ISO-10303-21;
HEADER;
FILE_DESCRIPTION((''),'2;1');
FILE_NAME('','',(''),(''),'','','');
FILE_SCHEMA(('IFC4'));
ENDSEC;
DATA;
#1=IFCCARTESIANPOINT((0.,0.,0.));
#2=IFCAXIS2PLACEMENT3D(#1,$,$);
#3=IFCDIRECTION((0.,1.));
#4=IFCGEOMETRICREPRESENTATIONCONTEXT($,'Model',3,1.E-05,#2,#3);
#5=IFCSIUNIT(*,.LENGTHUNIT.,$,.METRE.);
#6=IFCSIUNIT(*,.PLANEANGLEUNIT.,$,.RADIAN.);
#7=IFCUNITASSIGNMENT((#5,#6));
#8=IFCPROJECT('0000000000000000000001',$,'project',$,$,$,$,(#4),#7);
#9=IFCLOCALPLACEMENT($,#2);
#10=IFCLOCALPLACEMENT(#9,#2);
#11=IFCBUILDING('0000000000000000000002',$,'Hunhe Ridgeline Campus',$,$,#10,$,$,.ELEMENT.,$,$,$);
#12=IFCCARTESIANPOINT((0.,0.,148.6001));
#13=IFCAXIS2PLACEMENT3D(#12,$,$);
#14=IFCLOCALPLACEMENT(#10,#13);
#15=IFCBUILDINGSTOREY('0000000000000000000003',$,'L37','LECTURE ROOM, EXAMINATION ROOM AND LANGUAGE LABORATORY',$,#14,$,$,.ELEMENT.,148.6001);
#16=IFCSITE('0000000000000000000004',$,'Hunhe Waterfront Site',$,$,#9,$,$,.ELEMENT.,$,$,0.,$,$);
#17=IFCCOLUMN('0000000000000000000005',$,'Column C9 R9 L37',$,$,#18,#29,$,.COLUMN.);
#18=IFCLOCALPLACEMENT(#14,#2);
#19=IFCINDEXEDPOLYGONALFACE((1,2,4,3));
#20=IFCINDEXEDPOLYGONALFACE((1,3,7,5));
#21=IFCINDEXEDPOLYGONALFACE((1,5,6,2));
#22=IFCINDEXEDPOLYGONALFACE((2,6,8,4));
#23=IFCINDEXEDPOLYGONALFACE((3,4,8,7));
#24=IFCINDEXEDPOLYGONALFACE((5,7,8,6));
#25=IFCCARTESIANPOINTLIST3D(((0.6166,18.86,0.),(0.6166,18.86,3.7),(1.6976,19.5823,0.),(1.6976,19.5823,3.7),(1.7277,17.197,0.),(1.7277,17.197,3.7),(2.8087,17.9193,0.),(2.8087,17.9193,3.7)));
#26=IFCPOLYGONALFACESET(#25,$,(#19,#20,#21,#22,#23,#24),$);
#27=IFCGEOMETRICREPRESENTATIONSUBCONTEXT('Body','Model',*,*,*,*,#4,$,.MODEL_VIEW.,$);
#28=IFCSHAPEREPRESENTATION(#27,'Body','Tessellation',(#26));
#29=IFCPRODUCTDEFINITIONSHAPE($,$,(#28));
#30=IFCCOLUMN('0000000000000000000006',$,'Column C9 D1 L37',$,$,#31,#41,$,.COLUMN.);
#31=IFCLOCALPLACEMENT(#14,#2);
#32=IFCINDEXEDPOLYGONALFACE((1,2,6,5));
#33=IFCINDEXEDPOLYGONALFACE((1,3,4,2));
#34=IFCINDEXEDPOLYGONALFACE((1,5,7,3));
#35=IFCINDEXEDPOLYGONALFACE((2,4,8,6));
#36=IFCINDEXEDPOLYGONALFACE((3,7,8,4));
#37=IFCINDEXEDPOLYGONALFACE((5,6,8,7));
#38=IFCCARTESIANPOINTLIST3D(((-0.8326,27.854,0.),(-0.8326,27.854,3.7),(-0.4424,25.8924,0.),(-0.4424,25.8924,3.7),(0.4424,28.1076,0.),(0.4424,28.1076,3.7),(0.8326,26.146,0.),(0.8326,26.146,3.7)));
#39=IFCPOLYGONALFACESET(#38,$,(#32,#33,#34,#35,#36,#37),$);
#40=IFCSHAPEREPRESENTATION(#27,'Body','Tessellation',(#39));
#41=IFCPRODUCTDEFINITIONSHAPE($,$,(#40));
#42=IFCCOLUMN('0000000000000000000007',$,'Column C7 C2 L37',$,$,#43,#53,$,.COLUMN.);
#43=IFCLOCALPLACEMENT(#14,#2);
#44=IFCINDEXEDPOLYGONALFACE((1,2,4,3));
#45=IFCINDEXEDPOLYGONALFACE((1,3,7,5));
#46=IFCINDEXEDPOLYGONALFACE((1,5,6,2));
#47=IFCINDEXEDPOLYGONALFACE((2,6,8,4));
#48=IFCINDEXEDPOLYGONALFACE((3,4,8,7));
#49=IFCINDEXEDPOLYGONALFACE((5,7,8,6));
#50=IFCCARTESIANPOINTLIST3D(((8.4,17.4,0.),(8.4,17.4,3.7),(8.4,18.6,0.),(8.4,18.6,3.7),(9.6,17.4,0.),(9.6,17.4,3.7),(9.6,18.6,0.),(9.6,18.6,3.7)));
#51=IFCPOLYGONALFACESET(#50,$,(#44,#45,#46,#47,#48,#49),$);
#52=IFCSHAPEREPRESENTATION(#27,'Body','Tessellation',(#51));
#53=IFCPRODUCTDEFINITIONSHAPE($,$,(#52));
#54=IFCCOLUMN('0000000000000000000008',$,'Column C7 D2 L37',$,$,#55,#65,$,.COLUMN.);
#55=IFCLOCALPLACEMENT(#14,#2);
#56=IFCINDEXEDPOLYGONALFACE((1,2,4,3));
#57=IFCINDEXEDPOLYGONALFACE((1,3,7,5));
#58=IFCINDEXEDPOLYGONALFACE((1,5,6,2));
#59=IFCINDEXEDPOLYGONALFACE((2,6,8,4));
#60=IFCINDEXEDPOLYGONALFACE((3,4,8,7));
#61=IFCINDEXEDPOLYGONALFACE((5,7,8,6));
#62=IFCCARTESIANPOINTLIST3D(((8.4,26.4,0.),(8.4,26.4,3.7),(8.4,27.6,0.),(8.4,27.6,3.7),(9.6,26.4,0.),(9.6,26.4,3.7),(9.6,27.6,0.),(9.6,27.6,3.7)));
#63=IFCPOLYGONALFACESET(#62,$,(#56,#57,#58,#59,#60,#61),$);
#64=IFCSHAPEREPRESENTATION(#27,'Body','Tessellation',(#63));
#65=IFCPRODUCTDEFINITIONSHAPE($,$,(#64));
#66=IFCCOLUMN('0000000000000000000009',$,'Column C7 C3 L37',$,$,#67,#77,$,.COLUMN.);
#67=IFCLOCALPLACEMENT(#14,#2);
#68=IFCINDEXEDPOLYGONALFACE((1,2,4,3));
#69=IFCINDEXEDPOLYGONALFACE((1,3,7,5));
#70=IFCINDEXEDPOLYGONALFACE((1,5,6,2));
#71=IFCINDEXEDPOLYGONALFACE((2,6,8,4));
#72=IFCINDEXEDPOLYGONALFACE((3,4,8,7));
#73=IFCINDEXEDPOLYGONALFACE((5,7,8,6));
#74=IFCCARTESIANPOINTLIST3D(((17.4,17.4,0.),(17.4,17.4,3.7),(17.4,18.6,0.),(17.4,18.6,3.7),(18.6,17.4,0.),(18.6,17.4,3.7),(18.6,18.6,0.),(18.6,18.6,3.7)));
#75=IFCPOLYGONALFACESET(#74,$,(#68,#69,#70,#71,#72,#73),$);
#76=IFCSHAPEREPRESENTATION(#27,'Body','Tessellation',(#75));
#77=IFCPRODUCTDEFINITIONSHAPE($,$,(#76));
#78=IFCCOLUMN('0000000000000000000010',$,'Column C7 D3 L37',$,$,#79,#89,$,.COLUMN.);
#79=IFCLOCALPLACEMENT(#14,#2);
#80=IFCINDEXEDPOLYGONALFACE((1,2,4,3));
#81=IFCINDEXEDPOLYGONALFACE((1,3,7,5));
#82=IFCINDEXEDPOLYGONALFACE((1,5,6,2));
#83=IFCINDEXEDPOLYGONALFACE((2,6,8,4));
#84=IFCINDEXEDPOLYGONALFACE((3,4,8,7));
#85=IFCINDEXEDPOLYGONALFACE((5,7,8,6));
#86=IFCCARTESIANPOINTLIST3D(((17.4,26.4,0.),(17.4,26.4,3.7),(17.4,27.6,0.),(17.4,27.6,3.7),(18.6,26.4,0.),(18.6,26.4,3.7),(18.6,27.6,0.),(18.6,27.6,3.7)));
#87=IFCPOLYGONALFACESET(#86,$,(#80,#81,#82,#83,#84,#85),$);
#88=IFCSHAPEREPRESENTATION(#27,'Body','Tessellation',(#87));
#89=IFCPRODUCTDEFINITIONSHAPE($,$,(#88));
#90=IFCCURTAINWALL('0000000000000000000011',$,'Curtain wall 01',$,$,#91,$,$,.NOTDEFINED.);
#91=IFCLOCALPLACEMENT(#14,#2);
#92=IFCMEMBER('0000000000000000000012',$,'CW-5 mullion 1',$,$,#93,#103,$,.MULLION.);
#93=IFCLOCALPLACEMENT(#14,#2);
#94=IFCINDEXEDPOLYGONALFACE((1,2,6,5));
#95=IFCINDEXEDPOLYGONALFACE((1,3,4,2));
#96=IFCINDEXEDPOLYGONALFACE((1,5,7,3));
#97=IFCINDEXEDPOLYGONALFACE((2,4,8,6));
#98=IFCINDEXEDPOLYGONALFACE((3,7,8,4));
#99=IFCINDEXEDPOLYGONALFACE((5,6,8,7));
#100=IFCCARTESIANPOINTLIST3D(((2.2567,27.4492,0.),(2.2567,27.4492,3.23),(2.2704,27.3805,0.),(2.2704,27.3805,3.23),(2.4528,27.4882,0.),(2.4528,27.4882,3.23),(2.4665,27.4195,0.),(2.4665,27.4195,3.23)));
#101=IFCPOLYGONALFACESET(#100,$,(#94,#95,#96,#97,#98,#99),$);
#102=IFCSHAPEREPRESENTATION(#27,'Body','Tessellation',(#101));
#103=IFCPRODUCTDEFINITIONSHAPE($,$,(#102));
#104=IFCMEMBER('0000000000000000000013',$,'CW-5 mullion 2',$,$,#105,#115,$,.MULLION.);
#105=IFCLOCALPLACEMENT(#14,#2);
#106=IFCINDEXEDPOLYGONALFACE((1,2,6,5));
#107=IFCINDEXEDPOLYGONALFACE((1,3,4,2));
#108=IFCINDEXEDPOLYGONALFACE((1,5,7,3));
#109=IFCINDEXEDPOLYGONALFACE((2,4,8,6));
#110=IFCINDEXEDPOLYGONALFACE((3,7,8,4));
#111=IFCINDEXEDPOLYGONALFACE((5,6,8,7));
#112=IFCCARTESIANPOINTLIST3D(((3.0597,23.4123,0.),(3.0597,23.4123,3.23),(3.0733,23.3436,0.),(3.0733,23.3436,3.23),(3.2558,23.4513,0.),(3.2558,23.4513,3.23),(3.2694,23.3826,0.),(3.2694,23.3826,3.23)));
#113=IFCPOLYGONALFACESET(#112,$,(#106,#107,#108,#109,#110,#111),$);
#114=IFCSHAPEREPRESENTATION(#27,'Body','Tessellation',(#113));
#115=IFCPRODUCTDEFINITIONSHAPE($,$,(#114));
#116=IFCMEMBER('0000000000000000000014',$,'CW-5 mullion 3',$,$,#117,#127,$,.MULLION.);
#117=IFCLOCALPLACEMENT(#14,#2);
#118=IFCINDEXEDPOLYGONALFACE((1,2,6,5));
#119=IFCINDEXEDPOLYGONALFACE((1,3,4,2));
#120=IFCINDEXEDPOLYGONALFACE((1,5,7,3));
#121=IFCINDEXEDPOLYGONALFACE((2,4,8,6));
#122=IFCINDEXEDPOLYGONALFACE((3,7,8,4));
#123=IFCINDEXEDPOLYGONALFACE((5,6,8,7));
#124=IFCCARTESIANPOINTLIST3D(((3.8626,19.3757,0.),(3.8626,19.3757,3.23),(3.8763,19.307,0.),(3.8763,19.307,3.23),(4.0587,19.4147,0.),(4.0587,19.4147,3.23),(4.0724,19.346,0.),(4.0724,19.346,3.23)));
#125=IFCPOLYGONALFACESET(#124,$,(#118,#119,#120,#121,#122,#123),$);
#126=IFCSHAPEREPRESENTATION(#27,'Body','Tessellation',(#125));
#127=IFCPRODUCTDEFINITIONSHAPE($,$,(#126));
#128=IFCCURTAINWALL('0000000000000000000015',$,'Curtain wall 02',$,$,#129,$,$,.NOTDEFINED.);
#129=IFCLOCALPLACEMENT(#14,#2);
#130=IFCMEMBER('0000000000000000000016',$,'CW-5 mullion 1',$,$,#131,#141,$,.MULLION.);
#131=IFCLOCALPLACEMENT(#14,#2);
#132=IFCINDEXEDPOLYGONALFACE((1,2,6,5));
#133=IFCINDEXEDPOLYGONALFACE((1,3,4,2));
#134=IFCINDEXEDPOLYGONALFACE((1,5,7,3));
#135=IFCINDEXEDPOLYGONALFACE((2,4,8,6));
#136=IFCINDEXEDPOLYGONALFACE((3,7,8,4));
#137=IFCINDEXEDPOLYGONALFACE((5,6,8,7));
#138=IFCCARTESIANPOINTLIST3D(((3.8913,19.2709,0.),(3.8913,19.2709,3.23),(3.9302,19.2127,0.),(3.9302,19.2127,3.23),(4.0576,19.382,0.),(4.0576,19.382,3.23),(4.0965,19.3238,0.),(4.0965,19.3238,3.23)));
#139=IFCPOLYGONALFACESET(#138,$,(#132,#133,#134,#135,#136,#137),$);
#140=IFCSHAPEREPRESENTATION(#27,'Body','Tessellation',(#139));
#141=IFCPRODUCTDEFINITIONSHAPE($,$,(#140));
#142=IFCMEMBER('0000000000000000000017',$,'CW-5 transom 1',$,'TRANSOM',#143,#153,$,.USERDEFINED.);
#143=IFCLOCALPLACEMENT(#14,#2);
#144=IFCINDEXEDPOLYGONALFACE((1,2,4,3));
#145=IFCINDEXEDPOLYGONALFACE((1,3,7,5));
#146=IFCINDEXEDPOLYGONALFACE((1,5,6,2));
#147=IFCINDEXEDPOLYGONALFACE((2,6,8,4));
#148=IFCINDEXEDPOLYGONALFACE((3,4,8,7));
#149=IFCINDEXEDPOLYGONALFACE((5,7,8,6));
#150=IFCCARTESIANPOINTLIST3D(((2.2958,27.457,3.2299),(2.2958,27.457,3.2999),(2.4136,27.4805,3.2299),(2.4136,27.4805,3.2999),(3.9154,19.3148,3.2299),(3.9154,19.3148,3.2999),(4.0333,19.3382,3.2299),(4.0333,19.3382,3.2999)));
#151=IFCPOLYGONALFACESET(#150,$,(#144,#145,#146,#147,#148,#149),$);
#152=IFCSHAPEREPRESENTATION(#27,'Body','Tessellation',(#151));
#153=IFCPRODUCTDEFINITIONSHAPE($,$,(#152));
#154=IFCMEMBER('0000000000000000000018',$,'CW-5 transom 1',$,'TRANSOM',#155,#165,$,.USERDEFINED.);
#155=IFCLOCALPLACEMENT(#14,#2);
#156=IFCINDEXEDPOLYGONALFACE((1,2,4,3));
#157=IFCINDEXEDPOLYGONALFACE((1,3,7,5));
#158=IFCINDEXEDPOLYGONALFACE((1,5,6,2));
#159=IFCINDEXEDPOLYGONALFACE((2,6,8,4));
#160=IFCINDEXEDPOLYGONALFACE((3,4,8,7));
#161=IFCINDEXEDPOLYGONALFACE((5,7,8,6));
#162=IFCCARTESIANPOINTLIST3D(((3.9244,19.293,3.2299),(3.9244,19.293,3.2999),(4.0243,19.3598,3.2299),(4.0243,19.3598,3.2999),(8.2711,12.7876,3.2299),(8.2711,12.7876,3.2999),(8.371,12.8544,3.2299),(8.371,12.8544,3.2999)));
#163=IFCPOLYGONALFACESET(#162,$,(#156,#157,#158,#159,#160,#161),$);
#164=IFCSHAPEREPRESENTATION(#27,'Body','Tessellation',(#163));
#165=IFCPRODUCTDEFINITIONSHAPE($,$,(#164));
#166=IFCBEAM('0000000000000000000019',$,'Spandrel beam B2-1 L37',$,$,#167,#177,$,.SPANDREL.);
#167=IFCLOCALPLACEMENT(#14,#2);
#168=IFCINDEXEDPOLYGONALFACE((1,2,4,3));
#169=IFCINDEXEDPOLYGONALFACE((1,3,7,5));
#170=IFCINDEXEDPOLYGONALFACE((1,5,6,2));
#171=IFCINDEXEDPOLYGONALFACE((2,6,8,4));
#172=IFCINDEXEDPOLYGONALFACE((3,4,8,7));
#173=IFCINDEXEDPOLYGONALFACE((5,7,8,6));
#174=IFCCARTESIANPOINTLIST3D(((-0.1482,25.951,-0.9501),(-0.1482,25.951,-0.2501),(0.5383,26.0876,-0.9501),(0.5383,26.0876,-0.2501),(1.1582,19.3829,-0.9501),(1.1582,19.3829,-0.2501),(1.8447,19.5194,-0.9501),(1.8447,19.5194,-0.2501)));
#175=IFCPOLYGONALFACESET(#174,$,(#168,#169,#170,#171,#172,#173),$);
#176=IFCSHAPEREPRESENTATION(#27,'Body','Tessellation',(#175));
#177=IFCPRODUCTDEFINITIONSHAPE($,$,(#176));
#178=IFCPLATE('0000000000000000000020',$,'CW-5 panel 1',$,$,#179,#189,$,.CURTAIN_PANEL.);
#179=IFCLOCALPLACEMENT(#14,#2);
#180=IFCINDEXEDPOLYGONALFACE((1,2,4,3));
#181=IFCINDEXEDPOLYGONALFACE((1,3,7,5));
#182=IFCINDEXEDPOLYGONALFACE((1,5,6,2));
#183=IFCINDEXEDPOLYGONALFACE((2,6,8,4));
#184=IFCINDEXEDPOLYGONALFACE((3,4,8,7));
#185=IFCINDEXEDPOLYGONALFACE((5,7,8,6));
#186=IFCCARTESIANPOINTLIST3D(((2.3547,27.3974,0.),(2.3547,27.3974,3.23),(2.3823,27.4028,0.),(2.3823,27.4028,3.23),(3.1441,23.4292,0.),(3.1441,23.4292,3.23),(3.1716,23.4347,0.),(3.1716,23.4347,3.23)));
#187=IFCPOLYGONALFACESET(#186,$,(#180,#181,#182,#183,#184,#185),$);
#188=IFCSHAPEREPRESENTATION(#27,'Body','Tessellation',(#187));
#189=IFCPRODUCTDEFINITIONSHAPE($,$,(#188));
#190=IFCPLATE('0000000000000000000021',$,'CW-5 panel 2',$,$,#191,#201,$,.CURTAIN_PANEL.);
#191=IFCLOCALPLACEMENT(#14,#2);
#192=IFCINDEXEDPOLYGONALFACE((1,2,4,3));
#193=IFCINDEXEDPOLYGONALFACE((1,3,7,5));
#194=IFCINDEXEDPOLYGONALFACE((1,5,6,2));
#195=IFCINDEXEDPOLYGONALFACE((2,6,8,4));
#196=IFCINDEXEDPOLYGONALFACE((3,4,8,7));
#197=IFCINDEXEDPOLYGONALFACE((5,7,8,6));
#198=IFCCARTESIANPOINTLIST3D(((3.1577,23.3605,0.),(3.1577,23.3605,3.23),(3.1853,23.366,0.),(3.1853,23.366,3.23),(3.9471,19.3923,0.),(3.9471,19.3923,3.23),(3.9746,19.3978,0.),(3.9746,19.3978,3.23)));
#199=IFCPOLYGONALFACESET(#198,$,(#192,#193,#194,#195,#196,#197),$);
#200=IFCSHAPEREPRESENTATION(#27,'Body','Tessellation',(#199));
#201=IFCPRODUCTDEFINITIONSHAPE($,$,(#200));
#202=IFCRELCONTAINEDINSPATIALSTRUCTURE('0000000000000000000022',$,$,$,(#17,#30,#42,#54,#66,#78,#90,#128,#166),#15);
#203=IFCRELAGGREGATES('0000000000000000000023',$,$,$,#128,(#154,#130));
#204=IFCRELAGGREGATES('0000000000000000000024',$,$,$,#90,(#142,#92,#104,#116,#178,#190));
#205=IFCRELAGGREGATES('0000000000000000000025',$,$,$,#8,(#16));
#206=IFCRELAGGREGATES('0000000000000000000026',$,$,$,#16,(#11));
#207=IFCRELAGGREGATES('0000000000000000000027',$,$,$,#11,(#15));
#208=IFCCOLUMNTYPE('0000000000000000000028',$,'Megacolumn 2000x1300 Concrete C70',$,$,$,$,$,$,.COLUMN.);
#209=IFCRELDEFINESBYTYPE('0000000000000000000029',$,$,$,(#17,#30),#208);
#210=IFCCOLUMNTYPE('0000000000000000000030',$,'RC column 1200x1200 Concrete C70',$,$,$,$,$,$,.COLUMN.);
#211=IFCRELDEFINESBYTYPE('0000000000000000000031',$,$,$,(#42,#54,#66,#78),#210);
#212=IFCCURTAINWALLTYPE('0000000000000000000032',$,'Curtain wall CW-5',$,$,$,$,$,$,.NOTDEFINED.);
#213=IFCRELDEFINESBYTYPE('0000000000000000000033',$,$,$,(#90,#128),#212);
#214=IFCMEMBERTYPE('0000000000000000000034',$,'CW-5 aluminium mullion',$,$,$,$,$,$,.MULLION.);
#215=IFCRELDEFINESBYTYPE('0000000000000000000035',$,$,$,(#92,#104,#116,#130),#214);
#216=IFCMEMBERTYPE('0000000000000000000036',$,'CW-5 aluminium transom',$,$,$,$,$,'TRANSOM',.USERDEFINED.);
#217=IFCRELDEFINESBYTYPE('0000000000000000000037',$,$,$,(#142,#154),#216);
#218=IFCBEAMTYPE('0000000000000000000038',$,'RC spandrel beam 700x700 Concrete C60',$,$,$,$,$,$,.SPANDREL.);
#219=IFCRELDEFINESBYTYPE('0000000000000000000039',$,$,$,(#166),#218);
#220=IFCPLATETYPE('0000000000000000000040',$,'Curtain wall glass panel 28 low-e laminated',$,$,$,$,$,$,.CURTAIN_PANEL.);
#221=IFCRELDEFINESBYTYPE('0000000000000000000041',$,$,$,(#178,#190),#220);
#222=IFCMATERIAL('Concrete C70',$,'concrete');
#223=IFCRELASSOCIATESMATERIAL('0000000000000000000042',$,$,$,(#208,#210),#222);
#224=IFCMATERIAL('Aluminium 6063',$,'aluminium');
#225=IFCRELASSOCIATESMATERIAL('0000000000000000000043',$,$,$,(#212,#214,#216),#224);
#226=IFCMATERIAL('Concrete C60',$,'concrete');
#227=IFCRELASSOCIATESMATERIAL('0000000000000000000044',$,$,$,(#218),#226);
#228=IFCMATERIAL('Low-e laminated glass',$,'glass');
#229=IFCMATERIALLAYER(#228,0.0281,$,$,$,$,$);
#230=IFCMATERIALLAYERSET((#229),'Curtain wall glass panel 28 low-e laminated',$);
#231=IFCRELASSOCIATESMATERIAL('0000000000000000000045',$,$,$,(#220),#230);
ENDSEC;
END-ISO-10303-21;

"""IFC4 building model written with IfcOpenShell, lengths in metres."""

from ifc_helpers import new_model, si_unit, direction, frame, origin, origin_2d, place, context, subcontext, project, spatial, rectangle, extrude, material, layer, layer_set, material_profile, profile_set, type_object, element, aggregate, save


model = new_model("IFC4")

# Units and contexts
model_context = context("Model", 3, precision=1e-05, world=origin(), true_north=direction((0.0, 1.0)))
body_context = subcontext(model_context, "Body", "Model", "MODEL_VIEW")
ifc_project = project(units=[si_unit("LENGTHUNIT", "METRE"), si_unit("PLANEANGLEUNIT", "RADIAN")], contexts=[model_context])

# Site, building, storey
site_placement = place(None, origin())
site = spatial("IfcSite", under=ifc_project, at=site_placement, Name="Hunhe Waterfront Site", CompositionType="ELEMENT", RefElevation=0.0)
building_placement = place(site_placement, origin())
building = spatial("IfcBuilding", under=site, at=building_placement, Name="Hunhe Ridgeline Campus", CompositionType="ELEMENT")
storey_placement = place(building_placement, frame((0.0, 0.0, 148.6001)))
storey = spatial("IfcBuildingStorey", under=building, at=storey_placement, Name="L37", Description="LECTURE ROOM, EXAMINATION ROOM AND LANGUAGE LABORATORY", CompositionType="ELEMENT", Elevation=148.6001)

# Columns
ifc_material_1 = material(Name="Concrete C70", Category="concrete")
ifc_material_profile_1 = material_profile(ifc_material_1, rectangle(XDim=2.0, YDim=1.3, at=origin_2d()))
ifc_profile_set_1 = profile_set([ifc_material_profile_1], Name="Concrete C70")
column_type_1 = type_object("IfcColumnType", Name="Megacolumn 2000x1300 Concrete C70", PredefinedType="COLUMN", material=ifc_profile_set_1)
for number, where, z_axis, x_axis, name in (
    (1, (1.7126, 18.3896, 0.0), (0.0, 0.0, 1.0), (-0.55557, 0.83147, 0.0), "Column C9 R9 L37"),
    (2, (0.0, 27.0, 0.0), (0.0, 0.0, 1.0), (-0.19509, 0.980785, 0.0), "Column C9 D1 L37"),
):
    element("IfcColumn", number, at=place(storey_placement, frame(where, z_axis=z_axis, x_axis=x_axis)), inside=storey, type_object=column_type_1, Name=name, PredefinedType="COLUMN", context=body_context, shape_type="SweptSolid", body=[
        extrude(rectangle(XDim=2.0, YDim=1.3, at=origin_2d()), origin(), (0.0, 0.0, 1.0), 3.7),
    ])
ifc_material_profile_2 = material_profile(ifc_material_1, rectangle(XDim=1.2, YDim=1.2, at=origin_2d()))
ifc_profile_set_2 = profile_set([ifc_material_profile_2], Name="Concrete C70")
column_type_2 = type_object("IfcColumnType", Name="RC column 1200x1200 Concrete C70", PredefinedType="COLUMN", material=ifc_profile_set_2)
for number, where, z_axis, x_axis, name in (
    (3, (9.0, 18.0, 0.0), (0.0, 0.0, 1.0), (1.0, 0.0, 0.0), "Column C7 C2 L37"),
    (4, (9.0, 27.0, 0.0), (0.0, 0.0, 1.0), (1.0, 0.0, 0.0), "Column C7 D2 L37"),
    (5, (18.0, 18.0, 0.0), (0.0, 0.0, 1.0), (1.0, 0.0, 0.0), "Column C7 C3 L37"),
    (6, (18.0, 27.0, 0.0), (0.0, 0.0, 1.0), (1.0, 0.0, 0.0), "Column C7 D3 L37"),
):
    element("IfcColumn", number, at=place(storey_placement, frame(where, z_axis=z_axis, x_axis=x_axis)), inside=storey, type_object=column_type_2, Name=name, PredefinedType="COLUMN", context=body_context, shape_type="SweptSolid", body=[
        extrude(rectangle(XDim=1.2, YDim=1.2, at=origin_2d()), origin(), (0.0, 0.0, 1.0), 3.7),
    ])

# Curtain wall, members
ifc_material_2 = material(Name="Aluminium 6063", Category="aluminium")
curtain_wall_type = type_object("IfcCurtainWallType", Name="Curtain wall CW-5", PredefinedType="NOTDEFINED", material=ifc_material_2)
curtain_wall_1_placement = place(storey_placement, origin())
curtain_wall_1 = element("IfcCurtainWall", 7, at=curtain_wall_1_placement, inside=storey, type_object=curtain_wall_type, Name="Curtain wall 01", PredefinedType="NOTDEFINED")
ifc_material_profile_3 = material_profile(ifc_material_2, rectangle(XDim=0.2, YDim=0.0701, at=origin_2d()))
ifc_profile_set_3 = profile_set([ifc_material_profile_3], Name="Aluminium 6063")
member_type_1 = type_object("IfcMemberType", Name="CW-5 aluminium mullion", PredefinedType="MULLION", material=ifc_profile_set_3)
member_1_placement = place(storey_placement, frame((2.3616, 27.4343, 0.0), z_axis=(0.0, 0.0, 1.0), x_axis=(0.980784, 0.195095, 0.0)))
member_1 = element("IfcMember", 8, at=member_1_placement, type_object=member_type_1, Name="CW-5 mullion 1", PredefinedType="MULLION", context=body_context, shape_type="SweptSolid", body=[
    extrude(rectangle(XDim=0.2, YDim=0.0701, at=origin_2d()), origin(), (0.0, 0.0, 1.0), 3.23),
])
member_2_placement = place(storey_placement, frame((3.1646, 23.3975, 0.0), z_axis=(0.0, 0.0, 1.0), x_axis=(0.980784, 0.195095, 0.0)))
member_2 = element("IfcMember", 9, at=member_2_placement, type_object=member_type_1, Name="CW-5 mullion 2", PredefinedType="MULLION", context=body_context, shape_type="SweptSolid", body=[
    extrude(rectangle(XDim=0.2, YDim=0.0701, at=origin_2d()), origin(), (0.0, 0.0, 1.0), 3.23),
])
member_3_placement = place(storey_placement, frame((3.9675, 19.3608, 0.0), z_axis=(0.0, 0.0, 1.0), x_axis=(0.980784, 0.195095, 0.0)))
member_3 = element("IfcMember", 10, at=member_3_placement, type_object=member_type_1, Name="CW-5 mullion 3", PredefinedType="MULLION", context=body_context, shape_type="SweptSolid", body=[
    extrude(rectangle(XDim=0.2, YDim=0.0701, at=origin_2d()), origin(), (0.0, 0.0, 1.0), 3.23),
])

# Curtain wall, member
curtain_wall_2_placement = place(storey_placement, origin())
curtain_wall_2 = element("IfcCurtainWall", 11, at=curtain_wall_2_placement, inside=storey, type_object=curtain_wall_type, Name="Curtain wall 02", PredefinedType="NOTDEFINED")
member_4_placement = place(storey_placement, frame((3.9939, 19.2974, 0.0), z_axis=(0.0, 0.0, 1.0), x_axis=(0.83147, 0.55557, 0.0)))
member_4 = element("IfcMember", 12, at=member_4_placement, type_object=member_type_1, Name="CW-5 mullion 1", PredefinedType="MULLION", context=body_context, shape_type="SweptSolid", body=[
    extrude(rectangle(XDim=0.2, YDim=0.0701, at=origin_2d()), origin(), (0.0, 0.0, 1.0), 3.23),
])

# Members
ifc_material_profile_4 = material_profile(ifc_material_2, rectangle(XDim=0.1201, YDim=0.0701, at=origin_2d()))
ifc_profile_set_4 = profile_set([ifc_material_profile_4], Name="Aluminium 6063")
member_type_2 = type_object("IfcMemberType", Name="CW-5 aluminium transom", ElementType="TRANSOM", PredefinedType="USERDEFINED", material=ifc_profile_set_4)
member_5_placement = place(storey_placement, frame((2.3547, 27.4688, 3.2649), z_axis=(0.195092, -0.980785, 0.0), x_axis=(0.980785, 0.195092, 0.0)))
member_5 = element("IfcMember", 13, at=member_5_placement, type_object=member_type_2, Name="CW-5 transom 1", ObjectType="TRANSOM", PredefinedType="USERDEFINED", context=body_context, shape_type="SweptSolid", body=[
    extrude(rectangle(XDim=0.1201, YDim=0.0701, at=origin_2d()), origin(), (0.0, 0.0, 1.0), 8.3018),
])
member_6_placement = place(storey_placement, frame((3.9744, 19.3264, 3.2649), z_axis=(0.555564, -0.831474, 0.0), x_axis=(0.831474, 0.555564, 0.0)))
member_6 = element("IfcMember", 14, at=member_6_placement, type_object=member_type_2, Name="CW-5 transom 1", ObjectType="TRANSOM", PredefinedType="USERDEFINED", context=body_context, shape_type="SweptSolid", body=[
    extrude(rectangle(XDim=0.1201, YDim=0.0701, at=origin_2d()), origin(), (0.0, 0.0, 1.0), 7.824),
])
aggregate(curtain_wall_2, [member_6, member_4])

# Beam
ifc_material_3 = material(Name="Concrete C60", Category="concrete")
ifc_material_profile_5 = material_profile(ifc_material_3, rectangle(XDim=0.7, YDim=0.7, at=origin_2d()))
ifc_profile_set_5 = profile_set([ifc_material_profile_5], Name="Concrete C60")
beam_type = type_object("IfcBeamType", Name="RC spandrel beam 700x700 Concrete C60", PredefinedType="SPANDREL", material=ifc_profile_set_5)
beam_placement = place(storey_placement, frame((0.1951, 26.0193, -0.6001), z_axis=(0.195078, -0.980788, 0.0), x_axis=(0.980788, 0.195078, 0.0)))
element("IfcBeam", 15, at=beam_placement, inside=storey, type_object=beam_type, Name="Spandrel beam B2-1 L37", PredefinedType="SPANDREL", context=body_context, shape_type="SweptSolid", body=[
    extrude(rectangle(XDim=0.7, YDim=0.7, at=origin_2d()), origin(), (0.0, 0.0, 1.0), 6.6968),
])

# Plates
ifc_material_4 = material(Name="Low-e laminated glass", Category="glass")
ifc_layer_1 = layer(ifc_material_4, 0.0281)
ifc_layer_set_1 = layer_set([ifc_layer_1], Name="Curtain wall glass panel 28 low-e laminated")
plate_type = type_object("IfcPlateType", Name="Curtain wall glass panel 28 low-e laminated", PredefinedType="CURTAIN_PANEL", material=ifc_layer_set_1)
plate_1_placement = place(storey_placement, frame((2.7632, 25.416, 0.0), z_axis=(0.0, 0.0, 1.0), x_axis=(0.195095, -0.980784, 0.0)))
plate_1 = element("IfcPlate", 16, at=plate_1_placement, type_object=plate_type, Name="CW-5 panel 1", PredefinedType="CURTAIN_PANEL", context=body_context, shape_type="SweptSolid", body=[
    extrude(rectangle(XDim=4.0459, YDim=0.0281, at=origin_2d()), origin(), (0.0, 0.0, 1.0), 3.23),
])
plate_2_placement = place(storey_placement, frame((3.5662, 21.3792, 0.0), z_axis=(0.0, 0.0, 1.0), x_axis=(0.195095, -0.980784, 0.0)))
plate_2 = element("IfcPlate", 17, at=plate_2_placement, type_object=plate_type, Name="CW-5 panel 2", PredefinedType="CURTAIN_PANEL", context=body_context, shape_type="SweptSolid", body=[
    extrude(rectangle(XDim=4.0459, YDim=0.0281, at=origin_2d()), origin(), (0.0, 0.0, 1.0), 3.23),
])
aggregate(curtain_wall_1, [member_5, member_1, member_2, member_3, plate_1, plate_2])

save(model, "model.ifc")
